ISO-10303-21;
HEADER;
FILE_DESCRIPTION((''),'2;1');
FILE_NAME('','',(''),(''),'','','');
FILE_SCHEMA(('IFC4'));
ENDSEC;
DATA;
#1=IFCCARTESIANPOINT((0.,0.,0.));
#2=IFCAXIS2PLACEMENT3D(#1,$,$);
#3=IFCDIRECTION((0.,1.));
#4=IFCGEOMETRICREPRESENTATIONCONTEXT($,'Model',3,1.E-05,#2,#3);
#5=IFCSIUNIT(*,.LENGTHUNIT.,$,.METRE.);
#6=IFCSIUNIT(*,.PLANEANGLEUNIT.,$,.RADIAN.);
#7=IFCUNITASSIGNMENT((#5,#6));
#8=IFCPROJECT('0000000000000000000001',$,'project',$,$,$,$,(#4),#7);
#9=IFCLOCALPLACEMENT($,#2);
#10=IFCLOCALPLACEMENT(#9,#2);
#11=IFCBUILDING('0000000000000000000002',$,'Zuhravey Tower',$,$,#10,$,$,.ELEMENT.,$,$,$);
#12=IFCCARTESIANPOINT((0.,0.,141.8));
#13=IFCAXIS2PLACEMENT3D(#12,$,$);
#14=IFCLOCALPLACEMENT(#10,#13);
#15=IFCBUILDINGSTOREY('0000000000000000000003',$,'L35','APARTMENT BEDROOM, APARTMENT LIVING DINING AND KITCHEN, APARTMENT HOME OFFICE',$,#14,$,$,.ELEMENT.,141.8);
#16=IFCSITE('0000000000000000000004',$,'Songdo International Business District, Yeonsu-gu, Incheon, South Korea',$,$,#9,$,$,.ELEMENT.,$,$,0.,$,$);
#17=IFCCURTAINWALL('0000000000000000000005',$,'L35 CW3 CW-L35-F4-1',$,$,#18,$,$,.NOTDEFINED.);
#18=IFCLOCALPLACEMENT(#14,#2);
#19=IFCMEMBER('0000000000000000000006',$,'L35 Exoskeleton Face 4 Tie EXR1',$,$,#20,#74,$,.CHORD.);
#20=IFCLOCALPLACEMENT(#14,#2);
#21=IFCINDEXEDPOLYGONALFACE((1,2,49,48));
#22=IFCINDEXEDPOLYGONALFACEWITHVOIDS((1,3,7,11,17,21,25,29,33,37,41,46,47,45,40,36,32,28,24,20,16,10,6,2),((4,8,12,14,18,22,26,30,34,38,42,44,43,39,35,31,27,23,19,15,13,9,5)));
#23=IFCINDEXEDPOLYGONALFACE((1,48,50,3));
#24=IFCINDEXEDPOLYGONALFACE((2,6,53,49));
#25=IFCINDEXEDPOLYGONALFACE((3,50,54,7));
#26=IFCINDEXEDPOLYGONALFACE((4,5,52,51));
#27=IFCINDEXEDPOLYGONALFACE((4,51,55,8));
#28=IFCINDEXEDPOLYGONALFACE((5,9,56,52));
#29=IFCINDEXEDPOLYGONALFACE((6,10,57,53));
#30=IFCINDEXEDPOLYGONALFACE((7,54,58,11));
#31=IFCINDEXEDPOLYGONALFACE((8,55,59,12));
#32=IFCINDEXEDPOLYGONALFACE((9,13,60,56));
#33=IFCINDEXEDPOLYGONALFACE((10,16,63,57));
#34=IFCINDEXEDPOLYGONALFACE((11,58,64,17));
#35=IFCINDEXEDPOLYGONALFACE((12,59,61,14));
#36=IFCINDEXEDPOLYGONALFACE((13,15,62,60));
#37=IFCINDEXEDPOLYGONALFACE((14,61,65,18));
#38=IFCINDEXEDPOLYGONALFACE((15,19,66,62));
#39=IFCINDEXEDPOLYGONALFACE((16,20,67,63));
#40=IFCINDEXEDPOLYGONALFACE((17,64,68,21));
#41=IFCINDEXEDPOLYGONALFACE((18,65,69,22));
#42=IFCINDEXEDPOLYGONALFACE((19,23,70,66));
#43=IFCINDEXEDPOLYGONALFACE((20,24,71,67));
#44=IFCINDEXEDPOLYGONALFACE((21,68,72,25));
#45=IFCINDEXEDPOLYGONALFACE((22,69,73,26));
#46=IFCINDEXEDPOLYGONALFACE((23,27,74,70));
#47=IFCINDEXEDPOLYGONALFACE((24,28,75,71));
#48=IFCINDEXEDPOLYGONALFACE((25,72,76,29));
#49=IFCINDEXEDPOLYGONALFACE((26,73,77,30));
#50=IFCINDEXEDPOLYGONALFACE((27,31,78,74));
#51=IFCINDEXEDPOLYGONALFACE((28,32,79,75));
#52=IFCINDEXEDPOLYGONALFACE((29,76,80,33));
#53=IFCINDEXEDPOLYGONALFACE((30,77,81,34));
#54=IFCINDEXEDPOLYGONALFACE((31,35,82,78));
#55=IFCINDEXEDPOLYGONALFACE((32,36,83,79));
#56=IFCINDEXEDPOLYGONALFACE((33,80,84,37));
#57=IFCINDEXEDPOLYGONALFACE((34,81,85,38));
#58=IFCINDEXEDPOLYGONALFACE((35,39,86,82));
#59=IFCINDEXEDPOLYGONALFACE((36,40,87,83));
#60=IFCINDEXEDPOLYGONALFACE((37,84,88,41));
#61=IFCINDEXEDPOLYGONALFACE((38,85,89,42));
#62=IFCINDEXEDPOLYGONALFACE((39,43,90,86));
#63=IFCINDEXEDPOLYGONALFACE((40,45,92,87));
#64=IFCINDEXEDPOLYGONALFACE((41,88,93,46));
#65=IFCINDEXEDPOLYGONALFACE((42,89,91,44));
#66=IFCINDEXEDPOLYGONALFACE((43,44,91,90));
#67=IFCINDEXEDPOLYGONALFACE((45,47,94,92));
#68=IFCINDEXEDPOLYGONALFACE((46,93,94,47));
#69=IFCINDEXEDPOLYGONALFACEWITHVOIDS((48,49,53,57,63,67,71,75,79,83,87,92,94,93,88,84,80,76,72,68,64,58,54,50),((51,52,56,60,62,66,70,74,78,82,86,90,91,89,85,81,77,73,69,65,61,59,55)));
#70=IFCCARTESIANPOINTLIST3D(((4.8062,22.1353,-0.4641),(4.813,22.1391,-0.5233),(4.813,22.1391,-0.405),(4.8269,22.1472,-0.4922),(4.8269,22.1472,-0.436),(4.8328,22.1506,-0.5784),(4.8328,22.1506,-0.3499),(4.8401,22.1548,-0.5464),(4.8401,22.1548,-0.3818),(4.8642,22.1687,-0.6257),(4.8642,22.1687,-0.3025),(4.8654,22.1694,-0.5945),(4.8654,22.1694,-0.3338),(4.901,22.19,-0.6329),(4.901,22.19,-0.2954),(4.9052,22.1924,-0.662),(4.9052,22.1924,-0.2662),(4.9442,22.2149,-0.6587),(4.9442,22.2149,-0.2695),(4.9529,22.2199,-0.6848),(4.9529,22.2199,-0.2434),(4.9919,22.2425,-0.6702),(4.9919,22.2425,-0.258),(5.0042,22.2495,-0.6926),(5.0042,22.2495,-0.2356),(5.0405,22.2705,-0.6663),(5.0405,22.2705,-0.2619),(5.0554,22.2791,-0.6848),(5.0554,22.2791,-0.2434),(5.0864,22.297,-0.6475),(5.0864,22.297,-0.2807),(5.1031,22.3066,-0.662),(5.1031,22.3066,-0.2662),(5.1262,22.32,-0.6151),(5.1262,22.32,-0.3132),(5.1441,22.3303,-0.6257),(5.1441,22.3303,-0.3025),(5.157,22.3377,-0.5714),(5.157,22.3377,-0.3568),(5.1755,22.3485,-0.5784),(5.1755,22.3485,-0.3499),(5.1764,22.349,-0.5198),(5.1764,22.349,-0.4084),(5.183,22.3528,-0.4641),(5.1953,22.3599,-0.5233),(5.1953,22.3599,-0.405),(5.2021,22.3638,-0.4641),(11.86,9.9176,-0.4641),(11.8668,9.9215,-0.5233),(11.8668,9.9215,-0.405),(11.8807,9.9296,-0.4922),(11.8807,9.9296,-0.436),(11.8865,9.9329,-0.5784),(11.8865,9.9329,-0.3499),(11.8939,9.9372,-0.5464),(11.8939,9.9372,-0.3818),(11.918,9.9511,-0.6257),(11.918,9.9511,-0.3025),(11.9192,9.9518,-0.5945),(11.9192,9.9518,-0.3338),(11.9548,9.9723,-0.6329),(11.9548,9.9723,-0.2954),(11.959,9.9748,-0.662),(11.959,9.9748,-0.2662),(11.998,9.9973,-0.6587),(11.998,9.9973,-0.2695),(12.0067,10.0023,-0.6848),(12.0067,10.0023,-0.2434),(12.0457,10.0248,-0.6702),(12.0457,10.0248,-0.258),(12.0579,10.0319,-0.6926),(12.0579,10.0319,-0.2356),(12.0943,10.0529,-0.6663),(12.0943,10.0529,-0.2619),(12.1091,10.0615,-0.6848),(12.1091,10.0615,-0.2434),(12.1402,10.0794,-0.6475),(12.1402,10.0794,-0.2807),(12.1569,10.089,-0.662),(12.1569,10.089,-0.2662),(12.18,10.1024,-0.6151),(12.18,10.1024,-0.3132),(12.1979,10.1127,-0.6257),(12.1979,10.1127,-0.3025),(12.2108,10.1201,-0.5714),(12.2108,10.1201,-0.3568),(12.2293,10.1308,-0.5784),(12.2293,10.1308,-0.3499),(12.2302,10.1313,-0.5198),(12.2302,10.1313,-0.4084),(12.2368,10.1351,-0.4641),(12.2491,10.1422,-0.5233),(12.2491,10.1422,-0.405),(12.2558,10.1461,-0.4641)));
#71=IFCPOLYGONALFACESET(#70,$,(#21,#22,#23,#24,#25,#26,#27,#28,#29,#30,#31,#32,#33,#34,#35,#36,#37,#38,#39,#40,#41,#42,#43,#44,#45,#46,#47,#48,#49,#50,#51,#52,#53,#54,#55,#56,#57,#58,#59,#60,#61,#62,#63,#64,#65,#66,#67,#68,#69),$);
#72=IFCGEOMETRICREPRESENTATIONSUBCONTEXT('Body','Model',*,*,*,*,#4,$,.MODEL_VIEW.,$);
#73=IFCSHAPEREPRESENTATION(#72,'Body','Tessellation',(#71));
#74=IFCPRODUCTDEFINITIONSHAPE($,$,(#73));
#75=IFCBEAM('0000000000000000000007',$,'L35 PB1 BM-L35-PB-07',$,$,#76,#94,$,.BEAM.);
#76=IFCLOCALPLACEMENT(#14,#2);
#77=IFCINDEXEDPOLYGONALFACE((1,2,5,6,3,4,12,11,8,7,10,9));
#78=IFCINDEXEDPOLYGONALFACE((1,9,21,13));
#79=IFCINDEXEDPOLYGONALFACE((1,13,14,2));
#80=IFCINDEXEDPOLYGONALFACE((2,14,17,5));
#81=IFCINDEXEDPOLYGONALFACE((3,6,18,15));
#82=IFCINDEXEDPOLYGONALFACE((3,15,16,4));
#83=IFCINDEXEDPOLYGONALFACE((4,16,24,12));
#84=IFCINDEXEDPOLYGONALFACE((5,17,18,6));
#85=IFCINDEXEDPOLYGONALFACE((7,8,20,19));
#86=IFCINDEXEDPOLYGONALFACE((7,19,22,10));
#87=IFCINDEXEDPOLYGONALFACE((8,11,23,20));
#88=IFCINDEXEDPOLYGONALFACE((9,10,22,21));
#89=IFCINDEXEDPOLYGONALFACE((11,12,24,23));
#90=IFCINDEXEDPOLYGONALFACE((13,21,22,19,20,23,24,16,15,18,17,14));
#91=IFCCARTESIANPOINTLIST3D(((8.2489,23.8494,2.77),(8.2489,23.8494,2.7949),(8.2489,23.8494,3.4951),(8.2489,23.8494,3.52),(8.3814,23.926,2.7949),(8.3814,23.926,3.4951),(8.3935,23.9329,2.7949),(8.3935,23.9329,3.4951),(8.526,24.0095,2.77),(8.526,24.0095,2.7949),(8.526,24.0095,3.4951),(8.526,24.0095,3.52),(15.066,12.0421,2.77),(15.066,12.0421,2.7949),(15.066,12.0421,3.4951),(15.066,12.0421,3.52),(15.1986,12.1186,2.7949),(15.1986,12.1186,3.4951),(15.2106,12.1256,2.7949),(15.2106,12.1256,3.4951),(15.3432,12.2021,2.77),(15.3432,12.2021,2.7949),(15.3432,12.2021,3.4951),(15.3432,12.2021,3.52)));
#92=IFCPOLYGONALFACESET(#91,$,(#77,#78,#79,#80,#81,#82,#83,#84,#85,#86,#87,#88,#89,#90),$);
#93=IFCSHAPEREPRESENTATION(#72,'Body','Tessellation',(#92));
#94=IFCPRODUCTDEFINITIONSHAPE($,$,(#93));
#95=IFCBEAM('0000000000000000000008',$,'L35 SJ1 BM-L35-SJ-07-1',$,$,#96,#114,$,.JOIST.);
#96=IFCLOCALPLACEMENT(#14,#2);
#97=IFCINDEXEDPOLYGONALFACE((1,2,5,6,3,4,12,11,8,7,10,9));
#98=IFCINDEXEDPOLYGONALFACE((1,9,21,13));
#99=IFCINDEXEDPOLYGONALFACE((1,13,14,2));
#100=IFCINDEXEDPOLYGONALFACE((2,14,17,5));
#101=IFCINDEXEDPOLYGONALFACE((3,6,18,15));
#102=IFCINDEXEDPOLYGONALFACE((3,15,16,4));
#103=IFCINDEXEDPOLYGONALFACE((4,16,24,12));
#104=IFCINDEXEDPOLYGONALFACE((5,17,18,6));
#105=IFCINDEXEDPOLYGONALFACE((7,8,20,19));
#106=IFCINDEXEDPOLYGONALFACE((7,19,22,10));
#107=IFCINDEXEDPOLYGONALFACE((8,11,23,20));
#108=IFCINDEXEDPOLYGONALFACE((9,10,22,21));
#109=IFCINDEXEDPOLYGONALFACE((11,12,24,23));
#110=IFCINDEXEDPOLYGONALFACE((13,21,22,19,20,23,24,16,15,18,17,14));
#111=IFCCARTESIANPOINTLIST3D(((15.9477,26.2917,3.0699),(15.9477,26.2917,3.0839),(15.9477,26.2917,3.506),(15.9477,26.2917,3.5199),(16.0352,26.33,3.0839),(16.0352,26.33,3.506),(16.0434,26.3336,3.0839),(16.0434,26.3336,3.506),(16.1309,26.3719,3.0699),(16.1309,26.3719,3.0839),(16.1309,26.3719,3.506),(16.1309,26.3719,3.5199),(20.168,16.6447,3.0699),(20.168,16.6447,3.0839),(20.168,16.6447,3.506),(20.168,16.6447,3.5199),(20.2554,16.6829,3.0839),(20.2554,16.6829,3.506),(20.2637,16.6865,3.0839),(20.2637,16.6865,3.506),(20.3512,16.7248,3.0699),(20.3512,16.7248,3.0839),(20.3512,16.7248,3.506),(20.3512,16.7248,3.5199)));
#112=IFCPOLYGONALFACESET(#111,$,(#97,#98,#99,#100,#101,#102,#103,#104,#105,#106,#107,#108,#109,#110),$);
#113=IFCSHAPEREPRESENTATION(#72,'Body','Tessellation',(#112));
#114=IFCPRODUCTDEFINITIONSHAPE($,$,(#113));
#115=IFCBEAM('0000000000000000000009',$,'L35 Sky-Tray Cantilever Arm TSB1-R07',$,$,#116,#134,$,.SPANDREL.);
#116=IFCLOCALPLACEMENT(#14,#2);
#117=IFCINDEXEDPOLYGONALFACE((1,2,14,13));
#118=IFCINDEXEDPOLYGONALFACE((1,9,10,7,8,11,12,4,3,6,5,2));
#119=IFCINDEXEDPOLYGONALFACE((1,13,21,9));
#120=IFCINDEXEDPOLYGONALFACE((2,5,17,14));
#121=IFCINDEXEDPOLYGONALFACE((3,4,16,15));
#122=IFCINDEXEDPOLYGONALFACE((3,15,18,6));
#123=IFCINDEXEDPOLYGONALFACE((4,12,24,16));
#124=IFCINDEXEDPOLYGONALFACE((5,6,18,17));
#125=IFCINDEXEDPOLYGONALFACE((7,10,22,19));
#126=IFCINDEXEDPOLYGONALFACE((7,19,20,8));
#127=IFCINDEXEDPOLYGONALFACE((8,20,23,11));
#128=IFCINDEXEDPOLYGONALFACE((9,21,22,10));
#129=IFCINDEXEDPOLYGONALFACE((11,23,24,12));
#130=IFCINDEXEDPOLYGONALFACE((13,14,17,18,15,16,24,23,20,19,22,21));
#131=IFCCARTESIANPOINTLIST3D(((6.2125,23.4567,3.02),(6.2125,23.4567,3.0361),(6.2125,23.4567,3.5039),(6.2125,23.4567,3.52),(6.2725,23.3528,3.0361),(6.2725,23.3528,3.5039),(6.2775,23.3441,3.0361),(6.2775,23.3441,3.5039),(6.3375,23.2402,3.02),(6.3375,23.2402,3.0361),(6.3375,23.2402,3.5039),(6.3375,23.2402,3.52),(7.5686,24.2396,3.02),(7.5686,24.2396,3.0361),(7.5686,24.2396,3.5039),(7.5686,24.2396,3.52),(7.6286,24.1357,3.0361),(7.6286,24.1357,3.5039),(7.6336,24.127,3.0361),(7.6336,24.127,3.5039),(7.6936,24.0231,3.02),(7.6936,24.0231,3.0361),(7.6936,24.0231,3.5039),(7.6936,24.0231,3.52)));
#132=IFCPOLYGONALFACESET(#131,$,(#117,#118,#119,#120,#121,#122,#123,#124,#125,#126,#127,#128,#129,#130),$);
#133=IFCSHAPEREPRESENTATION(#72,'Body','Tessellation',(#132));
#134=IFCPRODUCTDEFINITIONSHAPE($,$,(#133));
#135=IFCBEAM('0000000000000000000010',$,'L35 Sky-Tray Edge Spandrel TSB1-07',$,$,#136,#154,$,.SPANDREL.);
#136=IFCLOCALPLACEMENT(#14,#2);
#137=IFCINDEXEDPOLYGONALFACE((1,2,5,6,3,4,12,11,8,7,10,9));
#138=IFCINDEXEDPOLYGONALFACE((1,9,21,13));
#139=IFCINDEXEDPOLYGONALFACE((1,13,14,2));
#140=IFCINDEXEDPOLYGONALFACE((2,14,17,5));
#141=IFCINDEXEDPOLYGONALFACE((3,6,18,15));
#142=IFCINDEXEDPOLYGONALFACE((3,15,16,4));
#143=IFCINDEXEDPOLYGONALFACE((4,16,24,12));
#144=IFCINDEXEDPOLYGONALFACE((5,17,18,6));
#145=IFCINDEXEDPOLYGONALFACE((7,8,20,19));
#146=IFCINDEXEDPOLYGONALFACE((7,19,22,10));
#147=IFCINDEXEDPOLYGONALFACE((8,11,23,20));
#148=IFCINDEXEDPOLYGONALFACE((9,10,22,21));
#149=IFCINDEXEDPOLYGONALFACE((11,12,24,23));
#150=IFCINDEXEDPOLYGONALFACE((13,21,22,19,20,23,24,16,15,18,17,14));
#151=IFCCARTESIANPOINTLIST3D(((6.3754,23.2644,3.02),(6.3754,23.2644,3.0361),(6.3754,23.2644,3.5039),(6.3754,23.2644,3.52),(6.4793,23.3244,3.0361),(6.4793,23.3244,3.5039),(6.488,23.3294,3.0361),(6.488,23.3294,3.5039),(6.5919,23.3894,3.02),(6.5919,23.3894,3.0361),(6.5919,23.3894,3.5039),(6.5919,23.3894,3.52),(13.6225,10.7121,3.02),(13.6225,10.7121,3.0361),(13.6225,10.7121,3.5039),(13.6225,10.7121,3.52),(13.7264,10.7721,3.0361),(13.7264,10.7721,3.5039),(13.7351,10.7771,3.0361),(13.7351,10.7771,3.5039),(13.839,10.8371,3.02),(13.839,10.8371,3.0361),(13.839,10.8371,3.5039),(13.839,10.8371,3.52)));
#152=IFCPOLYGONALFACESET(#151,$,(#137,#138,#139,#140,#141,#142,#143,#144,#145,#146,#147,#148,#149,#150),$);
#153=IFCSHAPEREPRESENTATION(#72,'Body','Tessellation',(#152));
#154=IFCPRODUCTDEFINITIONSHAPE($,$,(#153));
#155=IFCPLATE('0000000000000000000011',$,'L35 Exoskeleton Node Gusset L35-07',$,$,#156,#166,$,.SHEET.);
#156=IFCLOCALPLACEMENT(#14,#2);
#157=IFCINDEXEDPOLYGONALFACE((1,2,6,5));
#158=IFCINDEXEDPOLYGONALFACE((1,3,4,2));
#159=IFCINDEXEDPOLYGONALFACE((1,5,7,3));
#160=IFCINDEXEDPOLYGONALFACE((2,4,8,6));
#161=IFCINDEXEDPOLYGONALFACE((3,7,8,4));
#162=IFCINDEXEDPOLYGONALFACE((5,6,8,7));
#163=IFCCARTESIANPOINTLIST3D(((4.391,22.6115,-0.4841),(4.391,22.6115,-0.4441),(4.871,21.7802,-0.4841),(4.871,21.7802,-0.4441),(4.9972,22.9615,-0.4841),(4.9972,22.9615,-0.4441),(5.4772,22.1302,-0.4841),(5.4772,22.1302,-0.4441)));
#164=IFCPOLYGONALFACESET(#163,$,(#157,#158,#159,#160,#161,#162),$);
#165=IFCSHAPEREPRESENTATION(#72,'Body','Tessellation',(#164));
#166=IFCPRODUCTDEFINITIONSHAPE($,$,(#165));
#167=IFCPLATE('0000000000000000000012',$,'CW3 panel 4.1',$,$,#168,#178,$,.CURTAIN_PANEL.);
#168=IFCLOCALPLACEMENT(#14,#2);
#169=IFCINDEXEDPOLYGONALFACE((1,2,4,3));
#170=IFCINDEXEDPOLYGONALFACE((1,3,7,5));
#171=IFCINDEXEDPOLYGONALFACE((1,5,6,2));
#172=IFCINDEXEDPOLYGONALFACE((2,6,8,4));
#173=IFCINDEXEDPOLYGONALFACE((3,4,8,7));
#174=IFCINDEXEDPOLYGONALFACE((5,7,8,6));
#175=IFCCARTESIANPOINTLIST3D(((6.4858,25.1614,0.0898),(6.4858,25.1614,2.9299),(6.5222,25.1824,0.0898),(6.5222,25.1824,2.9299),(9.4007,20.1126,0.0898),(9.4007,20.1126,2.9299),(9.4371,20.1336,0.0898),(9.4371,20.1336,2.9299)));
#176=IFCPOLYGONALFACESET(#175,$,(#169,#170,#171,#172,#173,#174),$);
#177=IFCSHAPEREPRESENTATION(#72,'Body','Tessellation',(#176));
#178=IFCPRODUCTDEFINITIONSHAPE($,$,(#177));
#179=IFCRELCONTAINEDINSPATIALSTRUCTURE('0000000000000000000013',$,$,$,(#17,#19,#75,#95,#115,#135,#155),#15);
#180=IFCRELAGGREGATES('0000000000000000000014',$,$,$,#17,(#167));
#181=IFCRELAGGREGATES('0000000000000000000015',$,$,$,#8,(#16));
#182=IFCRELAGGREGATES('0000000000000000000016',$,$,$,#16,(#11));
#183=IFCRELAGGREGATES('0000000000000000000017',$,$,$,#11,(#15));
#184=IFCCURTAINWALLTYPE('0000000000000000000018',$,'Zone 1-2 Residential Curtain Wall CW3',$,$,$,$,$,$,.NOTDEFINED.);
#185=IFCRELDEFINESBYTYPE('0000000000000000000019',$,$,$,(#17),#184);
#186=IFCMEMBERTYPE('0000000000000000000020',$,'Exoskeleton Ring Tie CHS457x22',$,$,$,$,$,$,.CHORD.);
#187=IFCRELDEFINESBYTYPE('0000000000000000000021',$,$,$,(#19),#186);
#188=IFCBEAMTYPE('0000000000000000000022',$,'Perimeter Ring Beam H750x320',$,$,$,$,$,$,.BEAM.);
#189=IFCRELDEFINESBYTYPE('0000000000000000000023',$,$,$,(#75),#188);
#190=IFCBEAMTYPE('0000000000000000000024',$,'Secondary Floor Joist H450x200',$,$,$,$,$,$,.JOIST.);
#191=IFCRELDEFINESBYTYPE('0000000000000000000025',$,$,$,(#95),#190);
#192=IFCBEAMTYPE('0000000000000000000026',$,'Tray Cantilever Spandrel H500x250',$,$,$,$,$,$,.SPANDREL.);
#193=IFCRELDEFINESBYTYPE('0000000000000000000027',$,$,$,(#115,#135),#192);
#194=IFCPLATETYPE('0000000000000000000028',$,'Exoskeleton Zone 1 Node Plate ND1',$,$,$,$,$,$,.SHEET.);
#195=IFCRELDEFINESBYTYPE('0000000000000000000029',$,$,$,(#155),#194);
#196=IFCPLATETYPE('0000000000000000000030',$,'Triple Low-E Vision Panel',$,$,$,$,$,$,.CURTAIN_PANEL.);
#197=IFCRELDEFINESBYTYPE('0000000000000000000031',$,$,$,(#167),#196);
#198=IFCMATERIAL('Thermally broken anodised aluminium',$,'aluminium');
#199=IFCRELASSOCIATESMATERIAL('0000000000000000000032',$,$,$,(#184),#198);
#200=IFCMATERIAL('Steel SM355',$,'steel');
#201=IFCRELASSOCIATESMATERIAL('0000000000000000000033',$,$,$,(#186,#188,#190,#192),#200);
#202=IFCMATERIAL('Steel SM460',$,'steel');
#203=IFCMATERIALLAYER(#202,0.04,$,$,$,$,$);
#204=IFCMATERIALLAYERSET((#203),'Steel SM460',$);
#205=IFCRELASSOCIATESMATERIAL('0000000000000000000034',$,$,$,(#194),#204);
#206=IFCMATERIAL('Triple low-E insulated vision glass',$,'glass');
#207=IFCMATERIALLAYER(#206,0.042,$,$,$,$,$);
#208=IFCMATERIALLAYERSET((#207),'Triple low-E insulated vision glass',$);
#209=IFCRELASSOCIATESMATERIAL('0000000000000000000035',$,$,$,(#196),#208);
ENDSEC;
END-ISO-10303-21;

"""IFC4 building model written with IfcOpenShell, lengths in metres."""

from ifc_helpers import new_model, si_unit, direction, frame, origin, origin_2d, place, context, subcontext, project, spatial, rectangle, hollow_circle, i_section, extrude, material, layer, layer_set, material_profile, profile_set, type_object, element, aggregate, save


model = new_model("IFC4")

# Units and contexts
model_context = context("Model", 3, precision=1e-05, world=origin(), true_north=direction((0.0, 1.0)))
body_context = subcontext(model_context, "Body", "Model", "MODEL_VIEW")
ifc_project = project(units=[si_unit("LENGTHUNIT", "METRE"), si_unit("PLANEANGLEUNIT", "RADIAN")], contexts=[model_context])

# Site, building, storey
site_placement = place(None, origin())
site = spatial("IfcSite", under=ifc_project, at=site_placement, Name="Songdo International Business District, Yeonsu-gu, Incheon, South Korea", CompositionType="ELEMENT", RefElevation=0.0)
building_placement = place(site_placement, origin())
building = spatial("IfcBuilding", under=site, at=building_placement, Name="Zuhravey Tower", CompositionType="ELEMENT")
storey_placement = place(building_placement, frame((0.0, 0.0, 141.8)))
storey = spatial("IfcBuildingStorey", under=building, at=storey_placement, Name="L35", Description="APARTMENT BEDROOM, APARTMENT LIVING DINING AND KITCHEN, APARTMENT HOME OFFICE", CompositionType="ELEMENT", Elevation=141.8)

# Curtain wall
ifc_material_1 = material(Name="Thermally broken anodised aluminium", Category="aluminium")
curtain_wall_type = type_object("IfcCurtainWallType", Name="Zone 1-2 Residential Curtain Wall CW3", PredefinedType="NOTDEFINED", material=ifc_material_1)
curtain_wall_placement = place(storey_placement, origin())
curtain_wall = element("IfcCurtainWall", 1, at=curtain_wall_placement, inside=storey, type_object=curtain_wall_type, Name="L35 CW3 CW-L35-F4-1", PredefinedType="NOTDEFINED")

# Shared definitions
ifc_material_2 = material(Name="Steel SM460", Category="steel")

# Member
ifc_material_3 = material(Name="Steel SM355", Category="steel")
ifc_material_profile_1 = material_profile(ifc_material_3, hollow_circle(Radius=0.2285, WallThickness=0.022, at=origin_2d()), Name="CHS-457.2x22")
ifc_profile_set_1 = profile_set([ifc_material_profile_1], Name="Steel SM355")
member_type_1 = type_object("IfcMemberType", Name="Exoskeleton Ring Tie CHS457x22", PredefinedType="CHORD", material=ifc_profile_set_1)
member_1_placement = place(storey_placement, frame((5.0042, 22.2495, -0.4641), z_axis=(0.499996, -0.866028, 0.0), x_axis=(0.866028, 0.499996, 0.0)))
element("IfcMember", 2, at=member_1_placement, inside=storey, type_object=member_type_1, Name="L35 Exoskeleton Face 4 Tie EXR1", PredefinedType="CHORD", context=body_context, shape_type="SweptSolid", body=[
    extrude(hollow_circle(Radius=0.2285, WallThickness=0.022, at=origin_2d()), origin(), (0.0, 0.0, 1.0), 14.1077),
])

# Beams
ifc_material_profile_2 = material_profile(ifc_material_3, i_section(OverallWidth=0.3201, OverallDepth=0.75, WebThickness=0.0139, FlangeThickness=0.0249, at=origin_2d()), Name="H-750x320x14x25")
ifc_profile_set_2 = profile_set([ifc_material_profile_2], Name="Steel SM355")
beam_type_1 = type_object("IfcBeamType", Name="Perimeter Ring Beam H750x320", PredefinedType="BEAM", material=ifc_profile_set_2)
beam_1_placement = place(storey_placement, frame((8.3875, 23.9294, 3.145), z_axis=(0.500008, -0.866021, 0.0), x_axis=(0.866021, 0.500008, 0.0)))
element("IfcBeam", 3, at=beam_1_placement, inside=storey, type_object=beam_type_1, Name="L35 PB1 BM-L35-PB-07", PredefinedType="BEAM", context=body_context, shape_type="SweptSolid", body=[
    extrude(i_section(OverallWidth=0.3201, OverallDepth=0.75, WebThickness=0.0139, FlangeThickness=0.0249, at=origin_2d()), origin(), (0.0, 0.0, 1.0), 13.634),
])
ifc_material_profile_3 = material_profile(ifc_material_3, i_section(OverallWidth=0.2, OverallDepth=0.45, WebThickness=0.009, FlangeThickness=0.0139, at=origin_2d()), Name="H-450x200x9x14")
ifc_profile_set_3 = profile_set([ifc_material_profile_3], Name="Steel SM355")
beam_type_2 = type_object("IfcBeamType", Name="Secondary Floor Joist H450x200", PredefinedType="JOIST", material=ifc_profile_set_3)
beam_2_placement = place(storey_placement, frame((16.0393, 26.3318, 3.2949), z_axis=(0.400792, -0.916169, 0.0), x_axis=(0.916169, 0.400792, 0.0)))
element("IfcBeam", 4, at=beam_2_placement, inside=storey, type_object=beam_type_2, Name="L35 SJ1 BM-L35-SJ-07-1", PredefinedType="JOIST", context=body_context, shape_type="SweptSolid", body=[
    extrude(i_section(OverallWidth=0.2, OverallDepth=0.45, WebThickness=0.009, FlangeThickness=0.0139, at=origin_2d()), origin(), (0.0, 0.0, 1.0), 10.5298),
])
ifc_material_profile_4 = material_profile(ifc_material_3, i_section(OverallWidth=0.25, OverallDepth=0.5, WebThickness=0.01, FlangeThickness=0.0161, at=origin_2d()), Name="H-500x250x10x16")
ifc_profile_set_4 = profile_set([ifc_material_profile_4], Name="Steel SM355")
beam_type_3 = type_object("IfcBeamType", Name="Tray Cantilever Spandrel H500x250", PredefinedType="SPANDREL", material=ifc_profile_set_4)
beam_3_placement = place(storey_placement, frame((7.6311, 24.1313, 3.27), z_axis=(-0.866038, -0.499979, 0.0), x_axis=(0.499979, -0.866038, 0.0)))
element("IfcBeam", 5, at=beam_3_placement, inside=storey, type_object=beam_type_3, Name="L35 Sky-Tray Cantilever Arm TSB1-R07", PredefinedType="SPANDREL", context=body_context, shape_type="SweptSolid", body=[
    extrude(i_section(OverallWidth=0.25, OverallDepth=0.5, WebThickness=0.01, FlangeThickness=0.0161, at=origin_2d()), origin(), (0.0, 0.0, 1.0), 1.5659),
])
beam_4_placement = place(storey_placement, frame((6.4836, 23.3269, 3.27), z_axis=(0.500001, -0.866025, 0.0), x_axis=(0.866025, 0.500001, 0.0)))
element("IfcBeam", 6, at=beam_4_placement, inside=storey, type_object=beam_type_3, Name="L35 Sky-Tray Edge Spandrel TSB1-07", PredefinedType="SPANDREL", context=body_context, shape_type="SweptSolid", body=[
    extrude(i_section(OverallWidth=0.25, OverallDepth=0.5, WebThickness=0.01, FlangeThickness=0.0161, at=origin_2d()), origin(), (0.0, 0.0, 1.0), 14.4941),
])

# Plates
ifc_layer_1 = layer(ifc_material_2, 0.04)
ifc_layer_set_1 = layer_set([ifc_layer_1], Name="Steel SM460")
plate_type_1 = type_object("IfcPlateType", Name="Exoskeleton Zone 1 Node Plate ND1", PredefinedType="SHEET", material=ifc_layer_set_1)
plate_1_placement = place(storey_placement, frame((4.9341, 22.3708, -0.4841), z_axis=(0.0, 0.0, 1.0), x_axis=(0.5, -0.866025, 0.0)))
element("IfcPlate", 7, at=plate_1_placement, inside=storey, type_object=plate_type_1, Name="L35 Exoskeleton Node Gusset L35-07", PredefinedType="SHEET", context=body_context, shape_type="SweptSolid", body=[
    extrude(rectangle(XDim=0.96, YDim=0.7, at=origin_2d()), origin(), (0.0, 0.0, 1.0), 0.04),
])
ifc_material_4 = material(Name="Triple low-E insulated vision glass", Category="glass")
ifc_layer_2 = layer(ifc_material_4, 0.042)
ifc_layer_set_2 = layer_set([ifc_layer_2], Name="Triple low-E insulated vision glass")
plate_type_2 = type_object("IfcPlateType", Name="Triple Low-E Vision Panel", PredefinedType="CURTAIN_PANEL", material=ifc_layer_set_2)
plate_2_placement = place(storey_placement, frame((7.9614, 22.6475, 0.0898), z_axis=(0.0, 0.0, 1.0), x_axis=(-0.5, 0.866026, 0.0)))
plate_2 = element("IfcPlate", 8, at=plate_2_placement, type_object=plate_type_2, Name="CW3 panel 4.1", PredefinedType="CURTAIN_PANEL", context=body_context, shape_type="SweptSolid", body=[
    extrude(rectangle(XDim=5.8298, YDim=0.042, at=origin_2d()), origin(), (0.0, 0.0, 1.0), 2.8401),
])
aggregate(curtain_wall, [plate_2])

save(model, "model.ifc")
